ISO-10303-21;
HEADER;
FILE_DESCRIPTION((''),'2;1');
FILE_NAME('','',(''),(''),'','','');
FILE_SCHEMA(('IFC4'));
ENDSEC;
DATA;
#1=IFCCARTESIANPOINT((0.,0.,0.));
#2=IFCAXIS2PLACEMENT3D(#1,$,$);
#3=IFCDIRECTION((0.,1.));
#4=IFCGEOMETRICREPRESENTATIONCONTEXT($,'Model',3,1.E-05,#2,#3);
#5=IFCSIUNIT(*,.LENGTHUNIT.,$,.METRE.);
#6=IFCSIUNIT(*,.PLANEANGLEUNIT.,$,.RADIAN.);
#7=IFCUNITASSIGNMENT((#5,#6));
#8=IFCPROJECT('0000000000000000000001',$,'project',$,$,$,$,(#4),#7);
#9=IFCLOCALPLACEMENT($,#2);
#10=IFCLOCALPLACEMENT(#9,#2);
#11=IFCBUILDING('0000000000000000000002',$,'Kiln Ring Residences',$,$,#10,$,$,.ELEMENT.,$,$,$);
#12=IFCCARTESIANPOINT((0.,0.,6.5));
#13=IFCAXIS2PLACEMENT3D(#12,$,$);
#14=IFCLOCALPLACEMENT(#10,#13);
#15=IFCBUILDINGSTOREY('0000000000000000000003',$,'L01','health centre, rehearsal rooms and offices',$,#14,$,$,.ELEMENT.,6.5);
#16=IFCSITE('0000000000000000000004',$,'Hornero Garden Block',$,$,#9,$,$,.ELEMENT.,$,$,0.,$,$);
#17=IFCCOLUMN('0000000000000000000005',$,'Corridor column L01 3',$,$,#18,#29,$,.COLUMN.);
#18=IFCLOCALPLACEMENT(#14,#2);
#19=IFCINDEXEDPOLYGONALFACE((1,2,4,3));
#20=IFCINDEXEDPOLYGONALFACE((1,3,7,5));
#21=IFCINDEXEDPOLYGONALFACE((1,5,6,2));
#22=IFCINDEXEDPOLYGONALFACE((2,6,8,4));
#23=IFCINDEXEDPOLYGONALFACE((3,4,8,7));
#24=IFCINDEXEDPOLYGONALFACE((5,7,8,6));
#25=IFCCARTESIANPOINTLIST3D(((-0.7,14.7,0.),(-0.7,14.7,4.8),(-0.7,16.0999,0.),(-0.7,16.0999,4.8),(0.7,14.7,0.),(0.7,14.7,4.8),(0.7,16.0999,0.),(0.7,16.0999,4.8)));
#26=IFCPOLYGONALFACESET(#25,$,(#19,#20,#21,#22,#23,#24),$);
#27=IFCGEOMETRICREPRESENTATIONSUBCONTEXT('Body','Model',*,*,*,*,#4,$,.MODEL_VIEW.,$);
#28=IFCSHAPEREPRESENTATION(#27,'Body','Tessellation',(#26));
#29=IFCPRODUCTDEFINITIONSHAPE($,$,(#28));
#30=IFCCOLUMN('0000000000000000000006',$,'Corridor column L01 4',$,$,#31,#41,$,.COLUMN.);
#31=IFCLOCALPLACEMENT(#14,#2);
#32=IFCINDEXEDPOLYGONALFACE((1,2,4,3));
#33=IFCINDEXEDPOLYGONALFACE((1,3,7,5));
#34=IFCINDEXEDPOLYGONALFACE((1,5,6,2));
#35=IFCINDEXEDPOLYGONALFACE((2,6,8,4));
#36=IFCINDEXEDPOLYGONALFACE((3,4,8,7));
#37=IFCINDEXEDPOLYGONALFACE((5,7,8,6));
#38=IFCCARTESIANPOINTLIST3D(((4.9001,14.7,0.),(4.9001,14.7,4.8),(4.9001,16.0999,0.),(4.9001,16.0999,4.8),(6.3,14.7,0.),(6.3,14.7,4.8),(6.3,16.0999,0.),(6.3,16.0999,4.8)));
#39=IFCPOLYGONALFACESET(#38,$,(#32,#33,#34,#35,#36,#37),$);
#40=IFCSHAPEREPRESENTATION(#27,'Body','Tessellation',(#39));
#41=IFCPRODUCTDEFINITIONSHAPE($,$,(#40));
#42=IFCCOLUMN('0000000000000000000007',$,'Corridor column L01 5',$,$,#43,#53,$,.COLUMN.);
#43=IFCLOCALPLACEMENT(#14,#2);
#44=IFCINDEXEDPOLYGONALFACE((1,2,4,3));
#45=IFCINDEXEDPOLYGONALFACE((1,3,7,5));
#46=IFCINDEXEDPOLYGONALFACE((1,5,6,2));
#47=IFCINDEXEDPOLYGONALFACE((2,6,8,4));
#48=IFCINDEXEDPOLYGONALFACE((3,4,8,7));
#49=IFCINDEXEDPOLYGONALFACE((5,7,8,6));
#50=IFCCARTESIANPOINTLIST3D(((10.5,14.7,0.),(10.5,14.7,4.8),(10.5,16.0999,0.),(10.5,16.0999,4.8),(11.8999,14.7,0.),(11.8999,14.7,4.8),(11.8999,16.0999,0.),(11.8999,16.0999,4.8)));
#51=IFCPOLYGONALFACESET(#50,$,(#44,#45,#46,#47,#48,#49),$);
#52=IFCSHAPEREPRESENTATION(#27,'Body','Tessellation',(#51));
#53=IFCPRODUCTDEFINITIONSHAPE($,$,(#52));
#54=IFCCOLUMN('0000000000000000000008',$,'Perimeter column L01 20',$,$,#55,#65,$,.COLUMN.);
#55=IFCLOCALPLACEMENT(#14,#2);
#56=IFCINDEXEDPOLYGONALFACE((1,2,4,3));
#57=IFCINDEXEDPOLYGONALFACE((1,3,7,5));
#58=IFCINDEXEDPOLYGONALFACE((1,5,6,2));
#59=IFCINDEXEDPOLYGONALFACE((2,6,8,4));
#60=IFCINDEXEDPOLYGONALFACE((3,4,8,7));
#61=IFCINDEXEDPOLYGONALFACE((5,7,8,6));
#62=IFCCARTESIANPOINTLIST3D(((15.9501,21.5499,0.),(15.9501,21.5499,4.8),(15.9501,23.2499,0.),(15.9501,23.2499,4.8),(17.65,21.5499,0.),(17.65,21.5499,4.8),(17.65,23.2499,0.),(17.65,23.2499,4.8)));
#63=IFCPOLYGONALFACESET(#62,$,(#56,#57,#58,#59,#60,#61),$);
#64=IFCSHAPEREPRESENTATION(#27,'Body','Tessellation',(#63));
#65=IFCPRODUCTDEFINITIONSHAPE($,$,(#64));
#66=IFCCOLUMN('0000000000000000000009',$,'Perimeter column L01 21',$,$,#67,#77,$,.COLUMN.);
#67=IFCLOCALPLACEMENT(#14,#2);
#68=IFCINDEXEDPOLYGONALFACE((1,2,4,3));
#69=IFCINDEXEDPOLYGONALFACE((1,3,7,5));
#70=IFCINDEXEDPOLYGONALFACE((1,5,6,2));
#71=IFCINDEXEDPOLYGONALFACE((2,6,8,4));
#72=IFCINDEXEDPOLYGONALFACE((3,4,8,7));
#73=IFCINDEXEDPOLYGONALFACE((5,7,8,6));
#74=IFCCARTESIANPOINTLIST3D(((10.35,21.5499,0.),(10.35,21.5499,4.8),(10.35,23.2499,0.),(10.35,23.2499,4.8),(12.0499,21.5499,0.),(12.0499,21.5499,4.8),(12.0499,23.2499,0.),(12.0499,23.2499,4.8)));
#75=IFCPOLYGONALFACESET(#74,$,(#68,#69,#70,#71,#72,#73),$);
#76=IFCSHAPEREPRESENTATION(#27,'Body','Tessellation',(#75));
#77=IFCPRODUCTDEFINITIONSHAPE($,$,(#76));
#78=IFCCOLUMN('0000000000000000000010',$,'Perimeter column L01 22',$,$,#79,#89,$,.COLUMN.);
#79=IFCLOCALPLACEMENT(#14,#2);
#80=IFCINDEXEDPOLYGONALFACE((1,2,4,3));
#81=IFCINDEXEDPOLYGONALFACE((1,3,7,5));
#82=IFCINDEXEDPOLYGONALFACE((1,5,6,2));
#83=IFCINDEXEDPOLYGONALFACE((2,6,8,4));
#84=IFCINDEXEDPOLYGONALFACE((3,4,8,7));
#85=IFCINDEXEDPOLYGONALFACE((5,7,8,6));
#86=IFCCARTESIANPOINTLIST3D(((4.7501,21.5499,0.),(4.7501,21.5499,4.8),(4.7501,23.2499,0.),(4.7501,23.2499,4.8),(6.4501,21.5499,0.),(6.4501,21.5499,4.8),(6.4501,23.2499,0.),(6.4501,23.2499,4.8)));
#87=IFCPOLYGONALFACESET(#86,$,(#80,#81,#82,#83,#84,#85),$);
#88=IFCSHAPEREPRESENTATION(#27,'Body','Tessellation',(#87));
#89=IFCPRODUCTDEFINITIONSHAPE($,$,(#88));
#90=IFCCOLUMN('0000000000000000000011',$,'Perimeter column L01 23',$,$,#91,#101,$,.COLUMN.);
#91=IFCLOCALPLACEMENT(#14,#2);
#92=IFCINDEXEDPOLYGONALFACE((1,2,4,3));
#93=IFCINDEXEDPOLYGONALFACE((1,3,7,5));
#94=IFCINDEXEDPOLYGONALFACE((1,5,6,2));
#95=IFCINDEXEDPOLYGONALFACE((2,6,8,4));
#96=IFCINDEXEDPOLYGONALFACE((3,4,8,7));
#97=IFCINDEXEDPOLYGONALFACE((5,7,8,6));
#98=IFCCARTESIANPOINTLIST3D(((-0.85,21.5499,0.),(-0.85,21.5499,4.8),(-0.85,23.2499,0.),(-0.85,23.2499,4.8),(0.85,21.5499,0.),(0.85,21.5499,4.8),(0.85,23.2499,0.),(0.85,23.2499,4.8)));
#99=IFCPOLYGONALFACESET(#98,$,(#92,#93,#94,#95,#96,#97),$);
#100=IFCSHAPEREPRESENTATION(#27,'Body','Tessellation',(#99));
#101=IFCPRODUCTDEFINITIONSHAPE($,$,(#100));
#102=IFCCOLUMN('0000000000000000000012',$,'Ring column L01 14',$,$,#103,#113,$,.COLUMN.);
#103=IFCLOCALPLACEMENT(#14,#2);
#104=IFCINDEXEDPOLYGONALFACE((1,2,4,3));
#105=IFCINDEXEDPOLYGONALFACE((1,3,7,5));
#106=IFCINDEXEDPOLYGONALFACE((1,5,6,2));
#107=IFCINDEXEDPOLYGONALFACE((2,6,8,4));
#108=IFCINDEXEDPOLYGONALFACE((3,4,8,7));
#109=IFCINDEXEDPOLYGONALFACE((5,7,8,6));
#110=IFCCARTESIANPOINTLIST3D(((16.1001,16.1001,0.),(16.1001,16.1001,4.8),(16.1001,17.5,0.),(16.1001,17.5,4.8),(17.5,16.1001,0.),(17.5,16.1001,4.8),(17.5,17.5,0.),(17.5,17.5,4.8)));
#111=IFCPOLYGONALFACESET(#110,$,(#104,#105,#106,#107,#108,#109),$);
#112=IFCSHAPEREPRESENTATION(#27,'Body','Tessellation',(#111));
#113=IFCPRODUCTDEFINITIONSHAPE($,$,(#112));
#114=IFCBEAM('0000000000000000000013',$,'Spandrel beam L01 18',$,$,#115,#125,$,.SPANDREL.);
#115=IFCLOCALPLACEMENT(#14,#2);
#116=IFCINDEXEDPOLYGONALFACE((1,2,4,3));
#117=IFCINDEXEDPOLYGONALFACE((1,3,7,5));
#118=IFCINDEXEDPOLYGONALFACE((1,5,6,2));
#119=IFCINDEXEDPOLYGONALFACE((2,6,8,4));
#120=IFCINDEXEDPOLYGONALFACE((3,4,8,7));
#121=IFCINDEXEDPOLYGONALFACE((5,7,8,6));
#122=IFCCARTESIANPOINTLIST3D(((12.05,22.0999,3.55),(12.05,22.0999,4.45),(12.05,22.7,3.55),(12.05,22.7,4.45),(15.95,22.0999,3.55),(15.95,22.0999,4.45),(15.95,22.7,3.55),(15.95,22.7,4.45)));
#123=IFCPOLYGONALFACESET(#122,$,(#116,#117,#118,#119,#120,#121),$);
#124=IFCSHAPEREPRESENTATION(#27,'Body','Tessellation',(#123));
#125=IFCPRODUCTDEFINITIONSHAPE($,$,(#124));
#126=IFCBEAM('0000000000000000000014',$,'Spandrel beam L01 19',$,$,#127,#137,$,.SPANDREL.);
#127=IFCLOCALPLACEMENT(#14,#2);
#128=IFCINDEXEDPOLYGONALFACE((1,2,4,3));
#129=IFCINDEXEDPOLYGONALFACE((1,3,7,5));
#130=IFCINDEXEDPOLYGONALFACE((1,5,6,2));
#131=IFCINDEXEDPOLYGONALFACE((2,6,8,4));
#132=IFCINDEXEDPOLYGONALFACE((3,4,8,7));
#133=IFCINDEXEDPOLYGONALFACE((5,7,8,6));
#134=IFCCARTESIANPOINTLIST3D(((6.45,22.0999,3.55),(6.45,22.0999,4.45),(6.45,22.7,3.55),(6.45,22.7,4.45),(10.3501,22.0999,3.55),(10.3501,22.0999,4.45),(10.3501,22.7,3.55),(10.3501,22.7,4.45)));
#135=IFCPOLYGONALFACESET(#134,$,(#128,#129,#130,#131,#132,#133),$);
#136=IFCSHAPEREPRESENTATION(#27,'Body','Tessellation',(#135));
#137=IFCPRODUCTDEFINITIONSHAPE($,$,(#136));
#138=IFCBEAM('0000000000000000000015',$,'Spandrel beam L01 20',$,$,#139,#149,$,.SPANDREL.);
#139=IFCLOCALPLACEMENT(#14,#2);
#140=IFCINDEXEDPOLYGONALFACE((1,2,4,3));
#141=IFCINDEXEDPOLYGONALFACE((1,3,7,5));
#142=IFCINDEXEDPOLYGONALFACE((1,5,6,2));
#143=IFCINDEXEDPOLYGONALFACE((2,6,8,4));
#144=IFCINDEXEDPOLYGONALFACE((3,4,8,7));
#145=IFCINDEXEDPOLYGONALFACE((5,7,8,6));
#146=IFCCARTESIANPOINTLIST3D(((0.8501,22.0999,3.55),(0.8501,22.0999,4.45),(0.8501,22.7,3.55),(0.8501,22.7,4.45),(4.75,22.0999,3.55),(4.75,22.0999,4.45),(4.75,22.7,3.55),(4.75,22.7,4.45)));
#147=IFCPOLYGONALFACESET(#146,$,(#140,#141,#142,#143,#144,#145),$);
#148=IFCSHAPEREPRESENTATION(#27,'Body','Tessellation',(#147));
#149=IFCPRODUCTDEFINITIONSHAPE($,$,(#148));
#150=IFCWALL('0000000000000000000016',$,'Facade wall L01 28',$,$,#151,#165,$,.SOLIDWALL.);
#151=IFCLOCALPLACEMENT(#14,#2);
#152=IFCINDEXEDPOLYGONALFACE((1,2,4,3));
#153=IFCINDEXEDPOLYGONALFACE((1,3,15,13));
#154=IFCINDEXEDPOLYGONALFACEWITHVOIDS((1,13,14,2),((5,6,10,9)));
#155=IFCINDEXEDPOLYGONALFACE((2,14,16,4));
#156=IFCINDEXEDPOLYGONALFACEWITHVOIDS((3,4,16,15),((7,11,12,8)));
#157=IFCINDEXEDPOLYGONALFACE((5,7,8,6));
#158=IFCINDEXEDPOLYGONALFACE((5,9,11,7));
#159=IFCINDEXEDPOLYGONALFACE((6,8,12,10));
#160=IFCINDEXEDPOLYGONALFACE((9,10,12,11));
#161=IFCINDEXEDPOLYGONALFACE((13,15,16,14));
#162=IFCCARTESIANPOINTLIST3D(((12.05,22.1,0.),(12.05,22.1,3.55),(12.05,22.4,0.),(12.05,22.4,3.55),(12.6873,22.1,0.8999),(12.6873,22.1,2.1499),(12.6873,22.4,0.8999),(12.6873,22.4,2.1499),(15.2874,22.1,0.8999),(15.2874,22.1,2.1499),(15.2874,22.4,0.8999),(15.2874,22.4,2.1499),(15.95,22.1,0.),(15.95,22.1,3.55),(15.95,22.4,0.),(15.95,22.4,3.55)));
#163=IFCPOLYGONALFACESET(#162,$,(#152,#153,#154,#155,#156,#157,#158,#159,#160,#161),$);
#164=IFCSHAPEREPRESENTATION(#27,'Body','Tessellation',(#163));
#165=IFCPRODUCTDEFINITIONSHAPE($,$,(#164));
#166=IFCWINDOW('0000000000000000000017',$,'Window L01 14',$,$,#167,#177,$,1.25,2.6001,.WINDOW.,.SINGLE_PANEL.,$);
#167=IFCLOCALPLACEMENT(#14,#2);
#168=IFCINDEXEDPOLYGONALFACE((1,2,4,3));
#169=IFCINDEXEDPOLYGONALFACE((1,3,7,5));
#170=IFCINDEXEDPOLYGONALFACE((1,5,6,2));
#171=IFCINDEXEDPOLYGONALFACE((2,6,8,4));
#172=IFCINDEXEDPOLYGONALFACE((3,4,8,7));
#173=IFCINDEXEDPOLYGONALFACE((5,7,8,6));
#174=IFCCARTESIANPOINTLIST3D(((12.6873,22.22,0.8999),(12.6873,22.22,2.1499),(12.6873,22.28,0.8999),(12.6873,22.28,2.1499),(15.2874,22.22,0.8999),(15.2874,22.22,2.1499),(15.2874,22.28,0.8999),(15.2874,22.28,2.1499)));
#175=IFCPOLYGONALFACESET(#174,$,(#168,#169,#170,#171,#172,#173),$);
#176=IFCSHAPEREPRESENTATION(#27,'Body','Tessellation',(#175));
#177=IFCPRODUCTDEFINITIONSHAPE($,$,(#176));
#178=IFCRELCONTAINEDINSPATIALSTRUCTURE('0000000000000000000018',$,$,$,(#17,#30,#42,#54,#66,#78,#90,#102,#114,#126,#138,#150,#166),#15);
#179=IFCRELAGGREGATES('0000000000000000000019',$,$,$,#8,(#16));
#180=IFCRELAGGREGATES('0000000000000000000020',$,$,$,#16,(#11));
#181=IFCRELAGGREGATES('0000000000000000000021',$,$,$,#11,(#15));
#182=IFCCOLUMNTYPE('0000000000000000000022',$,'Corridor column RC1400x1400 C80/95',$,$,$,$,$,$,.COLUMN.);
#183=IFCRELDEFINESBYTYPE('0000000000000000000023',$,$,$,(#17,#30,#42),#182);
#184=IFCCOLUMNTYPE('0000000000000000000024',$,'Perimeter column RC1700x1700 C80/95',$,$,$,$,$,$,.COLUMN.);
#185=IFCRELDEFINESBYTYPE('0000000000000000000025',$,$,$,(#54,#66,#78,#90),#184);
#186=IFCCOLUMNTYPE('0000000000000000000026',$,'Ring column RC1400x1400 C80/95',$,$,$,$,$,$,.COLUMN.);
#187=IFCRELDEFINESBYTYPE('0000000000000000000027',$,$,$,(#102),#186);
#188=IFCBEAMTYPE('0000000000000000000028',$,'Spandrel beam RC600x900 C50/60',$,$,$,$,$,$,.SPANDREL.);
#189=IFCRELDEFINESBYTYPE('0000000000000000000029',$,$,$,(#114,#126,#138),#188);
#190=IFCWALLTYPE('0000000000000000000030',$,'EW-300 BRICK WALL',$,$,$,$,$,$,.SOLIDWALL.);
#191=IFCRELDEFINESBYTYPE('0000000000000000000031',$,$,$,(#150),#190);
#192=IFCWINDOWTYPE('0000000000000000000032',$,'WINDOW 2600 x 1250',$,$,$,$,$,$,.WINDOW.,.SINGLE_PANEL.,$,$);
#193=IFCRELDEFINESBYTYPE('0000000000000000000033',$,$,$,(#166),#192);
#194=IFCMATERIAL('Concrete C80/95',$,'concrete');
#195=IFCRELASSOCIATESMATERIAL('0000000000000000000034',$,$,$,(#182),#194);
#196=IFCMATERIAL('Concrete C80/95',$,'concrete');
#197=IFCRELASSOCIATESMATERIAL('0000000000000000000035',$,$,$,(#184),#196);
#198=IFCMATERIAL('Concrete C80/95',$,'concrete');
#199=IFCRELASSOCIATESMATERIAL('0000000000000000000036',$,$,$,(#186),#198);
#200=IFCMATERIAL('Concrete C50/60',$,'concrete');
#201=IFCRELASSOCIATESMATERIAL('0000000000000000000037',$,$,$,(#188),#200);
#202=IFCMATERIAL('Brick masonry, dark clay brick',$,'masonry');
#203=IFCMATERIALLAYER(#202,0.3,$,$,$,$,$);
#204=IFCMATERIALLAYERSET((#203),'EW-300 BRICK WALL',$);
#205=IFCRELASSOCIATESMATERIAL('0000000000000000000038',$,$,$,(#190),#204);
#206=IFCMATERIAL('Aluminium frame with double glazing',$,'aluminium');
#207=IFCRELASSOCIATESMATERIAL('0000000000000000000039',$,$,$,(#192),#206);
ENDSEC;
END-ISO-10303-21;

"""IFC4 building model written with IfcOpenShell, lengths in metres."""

from ifc_helpers import new_model, si_unit, direction, frame, frame_2d, origin, origin_2d, place, context, subcontext, project, spatial, rectangle, extrude, material, layer, layer_set, material_profile, profile_set, type_object, element, fill, save


model = new_model("IFC4")

# Units and contexts
model_context = context("Model", 3, precision=1e-05, world=origin(), true_north=direction((0.0, 1.0)))
body_context = subcontext(model_context, "Body", "Model", "MODEL_VIEW")
ifc_project = project(units=[si_unit("LENGTHUNIT", "METRE"), si_unit("PLANEANGLEUNIT", "RADIAN")], contexts=[model_context])

# Site, building, storey
site_placement = place(None, origin())
site = spatial("IfcSite", under=ifc_project, at=site_placement, Name="Hornero Garden Block", CompositionType="ELEMENT", RefElevation=0.0)
building_placement = place(site_placement, origin())
building = spatial("IfcBuilding", under=site, at=building_placement, Name="Kiln Ring Residences", CompositionType="ELEMENT")
storey_placement = place(building_placement, frame((0.0, 0.0, 6.5)))
storey = spatial("IfcBuildingStorey", under=building, at=storey_placement, Name="L01", Description="health centre, rehearsal rooms and offices", CompositionType="ELEMENT", Elevation=6.5)

# Columns
ifc_material_1 = material(Name="Concrete C80/95", Category="concrete")
ifc_material_profile_1 = material_profile(ifc_material_1, rectangle(XDim=1.3999, YDim=1.3999, at=origin_2d()), Name="RC1400x1400")
ifc_profile_set_1 = profile_set([ifc_material_profile_1], Name="Concrete C80/95")
column_type_1 = type_object("IfcColumnType", Name="Corridor column RC1400x1400 C80/95", PredefinedType="COLUMN", material=ifc_profile_set_1)
for number, where, z_axis, x_axis, name in (
    (1, (0.0, 15.3999, 0.0), (0.0, 0.0, 1.0), (1.0, 0.0, 0.0), "Corridor column L01 3"),
    (2, (5.6001, 15.3999, 0.0), (0.0, 0.0, 1.0), (1.0, 0.0, 0.0), "Corridor column L01 4"),
    (3, (11.2, 15.3999, 0.0), (0.0, 0.0, 1.0), (1.0, 0.0, 0.0), "Corridor column L01 5"),
):
    element("IfcColumn", number, at=place(storey_placement, frame(where, z_axis=z_axis, x_axis=x_axis)), inside=storey, type_object=column_type_1, Name=name, PredefinedType="COLUMN", context=body_context, shape_type="SweptSolid", body=[
        extrude(rectangle(XDim=1.3999, YDim=1.3999, at=origin_2d()), origin(), (0.0, 0.0, 1.0), 4.8),
    ])
ifc_material_2 = material(Name="Concrete C80/95", Category="concrete")
ifc_material_profile_2 = material_profile(ifc_material_2, rectangle(XDim=1.7, YDim=1.7, at=origin_2d()), Name="RC1700x1700")
ifc_profile_set_2 = profile_set([ifc_material_profile_2], Name="Concrete C80/95")
column_type_2 = type_object("IfcColumnType", Name="Perimeter column RC1700x1700 C80/95", PredefinedType="COLUMN", material=ifc_profile_set_2)
for number, where, z_axis, x_axis, name in (
    (4, (16.8, 22.3999, 0.0), (0.0, 0.0, 1.0), (1.0, 0.0, 0.0), "Perimeter column L01 20"),
    (5, (11.2, 22.3999, 0.0), (0.0, 0.0, 1.0), (1.0, 0.0, 0.0), "Perimeter column L01 21"),
    (6, (5.6001, 22.3999, 0.0), (0.0, 0.0, 1.0), (1.0, 0.0, 0.0), "Perimeter column L01 22"),
    (7, (0.0, 22.3999, 0.0), (0.0, 0.0, 1.0), (1.0, 0.0, 0.0), "Perimeter column L01 23"),
):
    element("IfcColumn", number, at=place(storey_placement, frame(where, z_axis=z_axis, x_axis=x_axis)), inside=storey, type_object=column_type_2, Name=name, PredefinedType="COLUMN", context=body_context, shape_type="SweptSolid", body=[
        extrude(rectangle(XDim=1.7, YDim=1.7, at=origin_2d()), origin(), (0.0, 0.0, 1.0), 4.8),
    ])
ifc_material_3 = material(Name="Concrete C80/95", Category="concrete")
ifc_material_profile_3 = material_profile(ifc_material_3, rectangle(XDim=1.3999, YDim=1.3999, at=origin_2d()), Name="RC1400x1400")
ifc_profile_set_3 = profile_set([ifc_material_profile_3], Name="Concrete C80/95")
column_type_3 = type_object("IfcColumnType", Name="Ring column RC1400x1400 C80/95", PredefinedType="COLUMN", material=ifc_profile_set_3)
column_placement = place(storey_placement, frame((16.8, 16.8, 0.0), z_axis=(0.0, 0.0, 1.0), x_axis=(1.0, 0.0, 0.0)))
element("IfcColumn", 8, at=column_placement, inside=storey, type_object=column_type_3, Name="Ring column L01 14", PredefinedType="COLUMN", context=body_context, shape_type="SweptSolid", body=[
    extrude(rectangle(XDim=1.3999, YDim=1.3999, at=origin_2d()), origin(), (0.0, 0.0, 1.0), 4.8),
])

# Beams
ifc_material_4 = material(Name="Concrete C50/60", Category="concrete")
ifc_material_profile_4 = material_profile(ifc_material_4, rectangle(XDim=0.6001, YDim=0.8999, at=origin_2d()), Name="RC600x900")
ifc_profile_set_4 = profile_set([ifc_material_profile_4], Name="Concrete C50/60")
beam_type = type_object("IfcBeamType", Name="Spandrel beam RC600x900 C50/60", PredefinedType="SPANDREL", material=ifc_profile_set_4)
beam_1_placement = place(storey_placement, frame((15.95, 22.3999, 4.0), z_axis=(-1.0, 0.0, 0.0), x_axis=(0.0, -1.0, 0.0)))
element("IfcBeam", 9, at=beam_1_placement, inside=storey, type_object=beam_type, Name="Spandrel beam L01 18", PredefinedType="SPANDREL", context=body_context, shape_type="SweptSolid", body=[
    extrude(rectangle(XDim=0.6001, YDim=0.8999, at=origin_2d()), origin(), (0.0, 0.0, 1.0), 3.8999),
])
beam_2_placement = place(storey_placement, frame((10.3501, 22.3999, 4.0), z_axis=(-1.0, 0.0, 0.0), x_axis=(0.0, -1.0, 0.0)))
element("IfcBeam", 10, at=beam_2_placement, inside=storey, type_object=beam_type, Name="Spandrel beam L01 19", PredefinedType="SPANDREL", context=body_context, shape_type="SweptSolid", body=[
    extrude(rectangle(XDim=0.6001, YDim=0.8999, at=origin_2d()), origin(), (0.0, 0.0, 1.0), 3.9001),
])
beam_3_placement = place(storey_placement, frame((4.75, 22.3999, 4.0), z_axis=(-1.0, 0.0, 0.0), x_axis=(0.0, -1.0, 0.0)))
element("IfcBeam", 11, at=beam_3_placement, inside=storey, type_object=beam_type, Name="Spandrel beam L01 20", PredefinedType="SPANDREL", context=body_context, shape_type="SweptSolid", body=[
    extrude(rectangle(XDim=0.6001, YDim=0.8999, at=origin_2d()), origin(), (0.0, 0.0, 1.0), 3.8999),
])

# Wall, opening, window
ifc_material_5 = material(Name="Brick masonry, dark clay brick", Category="masonry")
ifc_layer_1 = layer(ifc_material_5, 0.3)
ifc_layer_set_1 = layer_set([ifc_layer_1], Name="EW-300 BRICK WALL")
wall_type_1 = type_object("IfcWallType", Name="EW-300 BRICK WALL", PredefinedType="SOLIDWALL", material=ifc_layer_set_1)
wall_1_placement = place(storey_placement, frame((15.95, 22.25, 0.0), z_axis=(0.0, 0.0, 1.0), x_axis=(-1.0, 0.0, 0.0)))
wall_1 = element("IfcWall", 12, at=wall_1_placement, inside=storey, type_object=wall_type_1, Name="Facade wall L01 28", PredefinedType="SOLIDWALL", context=body_context, shape_type="SweptSolid", body=[
    extrude(rectangle(XDim=3.8999, YDim=0.3, at=frame_2d((1.95, 0.0))), origin(), (0.0, 0.0, 1.0), 3.55),
])
opening_1_placement = place(wall_1_placement, frame((0.6626, 0.0, 0.8999)))
opening_1 = element("IfcOpeningElement", 13, at=opening_1_placement, cuts=wall_1, PredefinedType="OPENING", context=body_context, shape_type="SweptSolid", body=[
    extrude(rectangle(XDim=2.6001, YDim=1.25, at=frame_2d((1.3, 0.625))), frame((0.0, 0.1599, 0.0), z_axis=(0.0, -1.0, 0.0), x_axis=(1.0, 0.0, 0.0)), (0.0, 0.0, 1.0), 0.3201),
])
ifc_material_6 = material(Name="Aluminium frame with double glazing", Category="aluminium")
window_type_1 = type_object("IfcWindowType", Name="WINDOW 2600 x 1250", PartitioningType="SINGLE_PANEL", PredefinedType="WINDOW", material=ifc_material_6)
window_1_placement = place(opening_1_placement, origin())
window_1 = element("IfcWindow", 14, at=window_1_placement, inside=storey, type_object=window_type_1, Name="Window L01 14", OverallHeight=1.25, OverallWidth=2.6001, PartitioningType="SINGLE_PANEL", PredefinedType="WINDOW", context=body_context, shape_type="SweptSolid", body=[
    extrude(rectangle(XDim=2.6001, YDim=1.25, at=frame_2d((1.3, 0.625))), frame((0.0, 0.03, 0.0), z_axis=(0.0, -1.0, 0.0), x_axis=(1.0, 0.0, 0.0)), (0.0, 0.0, 1.0), 0.0601),
])
fill(opening_1, window_1)

save(model, "model.ifc")
